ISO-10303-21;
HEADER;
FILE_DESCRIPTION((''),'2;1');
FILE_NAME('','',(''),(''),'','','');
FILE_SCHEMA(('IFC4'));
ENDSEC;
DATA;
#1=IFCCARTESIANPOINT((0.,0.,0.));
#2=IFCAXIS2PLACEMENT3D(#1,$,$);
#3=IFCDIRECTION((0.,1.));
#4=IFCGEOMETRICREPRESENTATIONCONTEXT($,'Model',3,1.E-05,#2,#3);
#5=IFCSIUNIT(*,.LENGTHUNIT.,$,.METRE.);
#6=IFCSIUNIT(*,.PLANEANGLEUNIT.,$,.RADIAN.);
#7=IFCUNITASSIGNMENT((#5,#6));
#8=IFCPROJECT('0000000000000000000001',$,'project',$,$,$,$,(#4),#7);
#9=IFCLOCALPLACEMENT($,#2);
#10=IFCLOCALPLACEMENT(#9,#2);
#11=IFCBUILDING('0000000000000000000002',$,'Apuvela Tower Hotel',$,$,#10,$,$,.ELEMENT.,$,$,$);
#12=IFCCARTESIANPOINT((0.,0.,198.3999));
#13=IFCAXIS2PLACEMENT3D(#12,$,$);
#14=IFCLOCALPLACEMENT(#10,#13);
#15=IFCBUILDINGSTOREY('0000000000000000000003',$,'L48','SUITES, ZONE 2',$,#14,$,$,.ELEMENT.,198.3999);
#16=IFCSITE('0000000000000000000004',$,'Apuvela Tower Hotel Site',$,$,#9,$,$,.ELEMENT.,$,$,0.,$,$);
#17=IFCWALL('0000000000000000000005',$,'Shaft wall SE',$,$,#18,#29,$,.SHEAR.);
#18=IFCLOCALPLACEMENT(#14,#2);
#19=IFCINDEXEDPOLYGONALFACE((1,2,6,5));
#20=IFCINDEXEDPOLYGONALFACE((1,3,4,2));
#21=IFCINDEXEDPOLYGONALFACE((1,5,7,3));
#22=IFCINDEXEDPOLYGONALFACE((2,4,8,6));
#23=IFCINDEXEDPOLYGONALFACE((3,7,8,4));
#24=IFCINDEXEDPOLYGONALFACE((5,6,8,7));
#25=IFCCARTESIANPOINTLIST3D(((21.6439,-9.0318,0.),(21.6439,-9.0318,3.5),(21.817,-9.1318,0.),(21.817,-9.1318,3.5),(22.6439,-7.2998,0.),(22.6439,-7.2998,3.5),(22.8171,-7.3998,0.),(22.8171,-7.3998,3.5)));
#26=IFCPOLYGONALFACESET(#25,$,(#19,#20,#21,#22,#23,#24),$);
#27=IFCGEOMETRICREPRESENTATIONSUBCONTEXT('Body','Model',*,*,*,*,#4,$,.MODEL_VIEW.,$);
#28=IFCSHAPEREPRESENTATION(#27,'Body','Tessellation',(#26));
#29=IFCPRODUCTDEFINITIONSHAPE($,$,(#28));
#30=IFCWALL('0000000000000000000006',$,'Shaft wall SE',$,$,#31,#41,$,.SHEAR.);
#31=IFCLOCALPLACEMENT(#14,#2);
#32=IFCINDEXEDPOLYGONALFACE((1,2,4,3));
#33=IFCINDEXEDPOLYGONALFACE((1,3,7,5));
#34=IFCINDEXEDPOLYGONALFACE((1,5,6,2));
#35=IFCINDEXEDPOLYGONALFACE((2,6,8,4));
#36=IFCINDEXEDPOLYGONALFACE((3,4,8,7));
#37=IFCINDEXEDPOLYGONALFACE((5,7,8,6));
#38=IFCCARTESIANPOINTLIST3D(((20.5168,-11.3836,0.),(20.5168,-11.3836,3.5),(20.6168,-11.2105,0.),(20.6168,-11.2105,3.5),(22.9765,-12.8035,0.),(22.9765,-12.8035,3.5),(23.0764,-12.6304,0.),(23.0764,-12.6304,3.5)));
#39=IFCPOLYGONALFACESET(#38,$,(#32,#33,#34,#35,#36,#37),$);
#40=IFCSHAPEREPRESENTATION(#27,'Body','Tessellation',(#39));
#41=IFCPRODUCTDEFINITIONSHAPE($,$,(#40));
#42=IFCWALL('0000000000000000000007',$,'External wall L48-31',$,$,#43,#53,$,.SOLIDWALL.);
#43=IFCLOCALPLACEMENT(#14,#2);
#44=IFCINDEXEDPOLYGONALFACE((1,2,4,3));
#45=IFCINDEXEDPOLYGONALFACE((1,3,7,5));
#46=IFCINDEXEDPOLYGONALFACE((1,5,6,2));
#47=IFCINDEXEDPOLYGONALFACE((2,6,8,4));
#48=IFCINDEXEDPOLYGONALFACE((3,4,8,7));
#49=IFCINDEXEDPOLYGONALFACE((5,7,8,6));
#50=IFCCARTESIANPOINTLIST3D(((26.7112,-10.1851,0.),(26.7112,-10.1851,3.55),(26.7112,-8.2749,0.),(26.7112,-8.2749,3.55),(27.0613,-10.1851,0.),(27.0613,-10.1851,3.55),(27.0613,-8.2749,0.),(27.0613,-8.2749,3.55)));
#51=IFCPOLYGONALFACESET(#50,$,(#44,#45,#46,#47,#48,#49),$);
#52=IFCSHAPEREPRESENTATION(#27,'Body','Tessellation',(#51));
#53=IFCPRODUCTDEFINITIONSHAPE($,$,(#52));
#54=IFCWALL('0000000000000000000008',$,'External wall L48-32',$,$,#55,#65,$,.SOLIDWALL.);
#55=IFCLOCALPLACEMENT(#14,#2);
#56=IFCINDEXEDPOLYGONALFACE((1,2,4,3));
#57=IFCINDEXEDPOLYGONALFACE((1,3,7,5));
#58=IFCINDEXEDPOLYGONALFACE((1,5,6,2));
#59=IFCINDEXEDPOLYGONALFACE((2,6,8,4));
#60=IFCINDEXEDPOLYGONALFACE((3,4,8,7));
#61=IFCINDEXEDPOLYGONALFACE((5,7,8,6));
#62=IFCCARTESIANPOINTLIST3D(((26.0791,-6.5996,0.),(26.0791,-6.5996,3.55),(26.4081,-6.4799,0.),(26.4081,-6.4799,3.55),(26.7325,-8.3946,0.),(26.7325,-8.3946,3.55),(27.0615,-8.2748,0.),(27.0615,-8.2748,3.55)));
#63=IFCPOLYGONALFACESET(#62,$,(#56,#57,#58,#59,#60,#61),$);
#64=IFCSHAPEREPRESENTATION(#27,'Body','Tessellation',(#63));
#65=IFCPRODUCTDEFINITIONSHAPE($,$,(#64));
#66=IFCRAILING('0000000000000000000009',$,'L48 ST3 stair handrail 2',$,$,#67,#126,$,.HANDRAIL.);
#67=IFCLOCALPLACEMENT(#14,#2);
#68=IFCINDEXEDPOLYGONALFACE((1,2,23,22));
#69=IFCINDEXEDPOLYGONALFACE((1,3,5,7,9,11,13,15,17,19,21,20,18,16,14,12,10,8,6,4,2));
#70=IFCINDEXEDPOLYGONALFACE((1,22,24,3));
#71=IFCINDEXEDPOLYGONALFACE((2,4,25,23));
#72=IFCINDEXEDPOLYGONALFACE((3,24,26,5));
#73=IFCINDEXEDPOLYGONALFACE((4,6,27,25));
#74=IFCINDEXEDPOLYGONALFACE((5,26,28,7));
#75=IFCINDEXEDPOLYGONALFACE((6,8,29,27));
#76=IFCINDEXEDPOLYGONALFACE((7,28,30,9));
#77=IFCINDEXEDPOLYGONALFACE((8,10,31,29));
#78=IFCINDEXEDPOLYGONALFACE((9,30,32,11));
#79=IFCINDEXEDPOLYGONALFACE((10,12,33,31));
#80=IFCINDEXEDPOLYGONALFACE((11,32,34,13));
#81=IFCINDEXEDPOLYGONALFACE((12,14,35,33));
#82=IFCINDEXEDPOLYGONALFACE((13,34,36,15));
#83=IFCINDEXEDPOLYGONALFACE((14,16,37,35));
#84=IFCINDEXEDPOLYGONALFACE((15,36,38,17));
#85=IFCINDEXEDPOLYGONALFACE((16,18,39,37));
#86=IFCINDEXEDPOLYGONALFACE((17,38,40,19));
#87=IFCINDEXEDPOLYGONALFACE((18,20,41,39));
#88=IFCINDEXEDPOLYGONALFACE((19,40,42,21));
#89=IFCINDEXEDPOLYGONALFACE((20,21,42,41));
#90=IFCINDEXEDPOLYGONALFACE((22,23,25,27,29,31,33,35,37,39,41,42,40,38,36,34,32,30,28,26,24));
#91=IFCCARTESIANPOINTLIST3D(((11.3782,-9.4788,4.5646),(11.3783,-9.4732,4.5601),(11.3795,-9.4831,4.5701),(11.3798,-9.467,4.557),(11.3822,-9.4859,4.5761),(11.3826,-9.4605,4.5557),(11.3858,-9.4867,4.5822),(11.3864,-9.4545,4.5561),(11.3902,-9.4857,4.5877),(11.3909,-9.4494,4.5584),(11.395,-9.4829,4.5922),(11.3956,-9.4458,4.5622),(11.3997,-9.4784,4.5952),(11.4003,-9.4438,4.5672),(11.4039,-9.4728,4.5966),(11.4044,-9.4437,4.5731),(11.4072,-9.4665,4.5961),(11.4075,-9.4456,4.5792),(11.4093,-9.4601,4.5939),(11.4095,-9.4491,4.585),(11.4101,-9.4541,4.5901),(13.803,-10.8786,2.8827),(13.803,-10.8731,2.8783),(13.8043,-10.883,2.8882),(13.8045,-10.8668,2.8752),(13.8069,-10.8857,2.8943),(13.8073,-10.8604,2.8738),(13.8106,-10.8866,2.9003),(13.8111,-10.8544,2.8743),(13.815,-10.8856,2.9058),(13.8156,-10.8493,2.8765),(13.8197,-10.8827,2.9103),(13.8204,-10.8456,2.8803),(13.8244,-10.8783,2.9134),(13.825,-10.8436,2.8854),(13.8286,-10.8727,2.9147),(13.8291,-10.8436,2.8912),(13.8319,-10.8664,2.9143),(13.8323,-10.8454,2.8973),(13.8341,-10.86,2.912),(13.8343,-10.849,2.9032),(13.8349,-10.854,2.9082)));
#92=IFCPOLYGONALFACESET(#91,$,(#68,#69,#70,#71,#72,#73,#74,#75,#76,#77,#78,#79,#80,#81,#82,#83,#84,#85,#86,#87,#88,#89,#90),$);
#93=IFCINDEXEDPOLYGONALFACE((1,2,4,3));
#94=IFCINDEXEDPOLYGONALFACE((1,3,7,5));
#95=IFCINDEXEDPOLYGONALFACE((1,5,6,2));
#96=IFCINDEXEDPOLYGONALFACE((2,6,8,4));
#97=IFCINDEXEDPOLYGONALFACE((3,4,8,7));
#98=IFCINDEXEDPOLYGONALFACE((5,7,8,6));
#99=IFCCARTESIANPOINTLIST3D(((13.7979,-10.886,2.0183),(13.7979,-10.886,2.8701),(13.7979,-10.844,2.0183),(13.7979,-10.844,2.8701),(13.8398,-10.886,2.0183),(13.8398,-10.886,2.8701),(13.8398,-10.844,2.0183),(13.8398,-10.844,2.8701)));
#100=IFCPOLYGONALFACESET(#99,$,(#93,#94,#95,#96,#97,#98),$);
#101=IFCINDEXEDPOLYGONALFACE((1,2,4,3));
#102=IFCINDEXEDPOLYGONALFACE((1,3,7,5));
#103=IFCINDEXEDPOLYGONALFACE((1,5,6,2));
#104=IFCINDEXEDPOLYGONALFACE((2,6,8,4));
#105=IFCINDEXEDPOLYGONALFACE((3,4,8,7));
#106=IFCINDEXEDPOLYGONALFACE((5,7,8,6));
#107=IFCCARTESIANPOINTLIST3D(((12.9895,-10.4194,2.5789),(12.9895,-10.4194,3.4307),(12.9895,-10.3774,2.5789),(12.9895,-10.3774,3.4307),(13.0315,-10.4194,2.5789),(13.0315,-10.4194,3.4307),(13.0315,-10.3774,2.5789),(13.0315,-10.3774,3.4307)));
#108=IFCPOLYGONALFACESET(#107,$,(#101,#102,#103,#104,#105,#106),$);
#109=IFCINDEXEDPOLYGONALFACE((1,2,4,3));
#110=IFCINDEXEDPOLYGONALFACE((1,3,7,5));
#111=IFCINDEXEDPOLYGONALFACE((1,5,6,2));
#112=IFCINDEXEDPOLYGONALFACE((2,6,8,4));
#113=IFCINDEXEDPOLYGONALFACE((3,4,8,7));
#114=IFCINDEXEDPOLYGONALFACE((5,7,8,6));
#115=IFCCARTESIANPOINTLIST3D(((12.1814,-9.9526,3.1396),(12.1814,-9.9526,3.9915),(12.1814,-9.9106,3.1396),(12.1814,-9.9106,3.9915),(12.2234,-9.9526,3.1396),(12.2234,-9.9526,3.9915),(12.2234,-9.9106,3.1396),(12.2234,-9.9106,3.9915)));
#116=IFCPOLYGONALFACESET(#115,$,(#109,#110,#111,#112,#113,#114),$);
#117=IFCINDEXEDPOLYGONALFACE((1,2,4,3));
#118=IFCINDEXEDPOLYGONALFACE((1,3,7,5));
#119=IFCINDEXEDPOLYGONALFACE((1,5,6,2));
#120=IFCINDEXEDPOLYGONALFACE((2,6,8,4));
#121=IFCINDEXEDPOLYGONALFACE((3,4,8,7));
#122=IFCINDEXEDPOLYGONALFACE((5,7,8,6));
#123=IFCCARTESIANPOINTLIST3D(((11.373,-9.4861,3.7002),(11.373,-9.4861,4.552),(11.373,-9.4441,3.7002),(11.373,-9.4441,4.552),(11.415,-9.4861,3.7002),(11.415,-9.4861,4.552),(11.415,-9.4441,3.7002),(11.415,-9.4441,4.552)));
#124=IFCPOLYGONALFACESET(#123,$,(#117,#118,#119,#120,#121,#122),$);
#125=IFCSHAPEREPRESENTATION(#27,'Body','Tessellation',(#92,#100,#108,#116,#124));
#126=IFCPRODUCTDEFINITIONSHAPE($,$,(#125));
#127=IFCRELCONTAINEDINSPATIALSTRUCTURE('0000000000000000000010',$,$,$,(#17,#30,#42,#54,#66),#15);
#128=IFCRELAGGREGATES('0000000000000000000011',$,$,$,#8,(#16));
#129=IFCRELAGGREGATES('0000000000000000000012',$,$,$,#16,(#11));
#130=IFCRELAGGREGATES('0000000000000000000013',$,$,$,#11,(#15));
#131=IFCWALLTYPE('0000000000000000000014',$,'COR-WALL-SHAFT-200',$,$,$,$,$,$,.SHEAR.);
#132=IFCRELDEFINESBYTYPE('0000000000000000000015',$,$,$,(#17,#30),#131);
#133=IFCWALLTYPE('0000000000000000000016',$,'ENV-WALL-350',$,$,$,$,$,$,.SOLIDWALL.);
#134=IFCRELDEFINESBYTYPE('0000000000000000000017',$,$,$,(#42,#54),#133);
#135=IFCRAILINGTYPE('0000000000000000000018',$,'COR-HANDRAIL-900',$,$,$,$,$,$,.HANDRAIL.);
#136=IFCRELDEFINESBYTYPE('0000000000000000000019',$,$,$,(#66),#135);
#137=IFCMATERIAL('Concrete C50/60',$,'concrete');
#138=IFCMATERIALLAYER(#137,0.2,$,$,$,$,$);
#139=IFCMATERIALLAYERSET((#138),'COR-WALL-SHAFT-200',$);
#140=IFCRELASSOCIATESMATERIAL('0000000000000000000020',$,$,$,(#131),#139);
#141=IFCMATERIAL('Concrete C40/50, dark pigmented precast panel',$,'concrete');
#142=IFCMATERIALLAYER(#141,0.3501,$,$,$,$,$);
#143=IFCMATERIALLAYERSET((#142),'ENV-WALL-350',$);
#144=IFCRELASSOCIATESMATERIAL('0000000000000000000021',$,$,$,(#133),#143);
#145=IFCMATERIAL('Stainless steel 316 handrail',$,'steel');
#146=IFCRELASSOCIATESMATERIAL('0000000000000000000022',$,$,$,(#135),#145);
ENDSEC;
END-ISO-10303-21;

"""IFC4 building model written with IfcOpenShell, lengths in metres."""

from ifc_helpers import new_model, si_unit, direction, frame, frame_2d, origin, origin_2d, place, context, subcontext, project, spatial, rectangle, circle, extrude, material, layer, layer_set, type_object, element, save


model = new_model("IFC4")

# Units and contexts
model_context = context("Model", 3, precision=1e-05, world=origin(), true_north=direction((0.0, 1.0)))
body_context = subcontext(model_context, "Body", "Model", "MODEL_VIEW")
ifc_project = project(units=[si_unit("LENGTHUNIT", "METRE"), si_unit("PLANEANGLEUNIT", "RADIAN")], contexts=[model_context])

# Site, building, storey
site_placement = place(None, origin())
site = spatial("IfcSite", under=ifc_project, at=site_placement, Name="Apuvela Tower Hotel Site", CompositionType="ELEMENT", RefElevation=0.0)
building_placement = place(site_placement, origin())
building = spatial("IfcBuilding", under=site, at=building_placement, Name="Apuvela Tower Hotel", CompositionType="ELEMENT")
storey_placement = place(building_placement, frame((0.0, 0.0, 198.3999)))
storey = spatial("IfcBuildingStorey", under=building, at=storey_placement, Name="L48", Description="SUITES, ZONE 2", CompositionType="ELEMENT", Elevation=198.3999)

# Walls
ifc_material_1 = material(Name="Concrete C50/60", Category="concrete")
ifc_layer_1 = layer(ifc_material_1, 0.2)
ifc_layer_set_1 = layer_set([ifc_layer_1], Name="COR-WALL-SHAFT-200")
wall_type_1 = type_object("IfcWallType", Name="COR-WALL-SHAFT-200", PredefinedType="SHEAR", material=ifc_layer_set_1)
for number, where, z_axis, x_axis, name in (
    (1, (21.7305, -9.0818, 0.0), (0.0, 0.0, 1.0), (0.500025, 0.866011, 0.0), "Shaft wall SE"),
):
    element("IfcWall", number, at=place(storey_placement, frame(where, z_axis=z_axis, x_axis=x_axis)), inside=storey, type_object=wall_type_1, Name=name, PredefinedType="SHEAR", context=body_context, shape_type="SweptSolid", body=[
        extrude(rectangle(XDim=2.0, YDim=0.2, at=frame_2d((1.0, 0.0))), origin(), (0.0, 0.0, 1.0), 3.5),
    ])
wall_1_placement = place(storey_placement, frame((20.5669, -11.2971, 0.0), z_axis=(0.0, 0.0, 1.0), x_axis=(0.866055, -0.499948, 0.0)))
element("IfcWall", 2, at=wall_1_placement, inside=storey, type_object=wall_type_1, Name="Shaft wall SE", PredefinedType="SHEAR", context=body_context, shape_type="SweptSolid", body=[
    extrude(rectangle(XDim=2.8401, YDim=0.2, at=frame_2d((1.4199, 0.0))), origin(), (0.0, 0.0, 1.0), 3.5),
])
ifc_material_2 = material(Name="Concrete C40/50, dark pigmented precast panel", Category="concrete")
ifc_layer_2 = layer(ifc_material_2, 0.3501)
ifc_layer_set_2 = layer_set([ifc_layer_2], Name="ENV-WALL-350")
wall_type_2 = type_object("IfcWallType", Name="ENV-WALL-350", PredefinedType="SOLIDWALL", material=ifc_layer_set_2)
for number, where, z_axis, x_axis, name in (
    (3, (26.8862, -10.1851, 0.0), (0.0, 0.0, 1.0), (0.0, 1.0, 0.0), "External wall L48-31"),
    (4, (26.897, -8.3347, 0.0), (0.0, 0.0, 1.0), (-0.34203, 0.939689, 0.0), "External wall L48-32"),
):
    element("IfcWall", number, at=place(storey_placement, frame(where, z_axis=z_axis, x_axis=x_axis)), inside=storey, type_object=wall_type_2, Name=name, PredefinedType="SOLIDWALL", context=body_context, shape_type="SweptSolid", body=[
        extrude(rectangle(XDim=1.9102, YDim=0.3501, at=frame_2d((0.9551, 0.0))), origin(), (0.0, 0.0, 1.0), 3.55),
    ])

# Railing
ifc_material_3 = material(Name="Stainless steel 316 handrail", Category="steel")
railing_type_1 = type_object("IfcRailingType", Name="COR-HANDRAIL-900", PredefinedType="HANDRAIL", material=ifc_material_3)
railing_1_placement = place(storey_placement, frame((13.8188, -10.865, 2.0183)))
element("IfcRailing", 5, at=railing_1_placement, inside=storey, type_object=railing_type_1, Name="L48 ST3 stair handrail 2", PredefinedType="HANDRAIL", context=body_context, shape_type="SweptSolid", body=[
    extrude(circle(Radius=0.0239, at=origin_2d()), frame((0.0, 0.0, 0.876), z_axis=(-0.74239, 0.428601, 0.514934), x_axis=(-0.499984, -0.866035, 0.0)), (0.0, 0.0, 1.0), 3.2661),
    extrude(rectangle(XDim=0.042, YDim=0.042, at=origin_2d()), origin(), (0.0, 0.0, 1.0), 0.8518),
    extrude(rectangle(XDim=0.042, YDim=0.042, at=origin_2d()), frame((-0.8083, 0.4666, 0.5605)), (0.0, 0.0, 1.0), 0.8518),
    extrude(rectangle(XDim=0.042, YDim=0.042, at=origin_2d()), frame((-1.6165, 0.9333, 1.1213)), (0.0, 0.0, 1.0), 0.8518),
    extrude(rectangle(XDim=0.042, YDim=0.042, at=origin_2d()), frame((-2.4248, 1.3999, 1.6819)), (0.0, 0.0, 1.0), 0.8518),
])

save(model, "model.ifc")
